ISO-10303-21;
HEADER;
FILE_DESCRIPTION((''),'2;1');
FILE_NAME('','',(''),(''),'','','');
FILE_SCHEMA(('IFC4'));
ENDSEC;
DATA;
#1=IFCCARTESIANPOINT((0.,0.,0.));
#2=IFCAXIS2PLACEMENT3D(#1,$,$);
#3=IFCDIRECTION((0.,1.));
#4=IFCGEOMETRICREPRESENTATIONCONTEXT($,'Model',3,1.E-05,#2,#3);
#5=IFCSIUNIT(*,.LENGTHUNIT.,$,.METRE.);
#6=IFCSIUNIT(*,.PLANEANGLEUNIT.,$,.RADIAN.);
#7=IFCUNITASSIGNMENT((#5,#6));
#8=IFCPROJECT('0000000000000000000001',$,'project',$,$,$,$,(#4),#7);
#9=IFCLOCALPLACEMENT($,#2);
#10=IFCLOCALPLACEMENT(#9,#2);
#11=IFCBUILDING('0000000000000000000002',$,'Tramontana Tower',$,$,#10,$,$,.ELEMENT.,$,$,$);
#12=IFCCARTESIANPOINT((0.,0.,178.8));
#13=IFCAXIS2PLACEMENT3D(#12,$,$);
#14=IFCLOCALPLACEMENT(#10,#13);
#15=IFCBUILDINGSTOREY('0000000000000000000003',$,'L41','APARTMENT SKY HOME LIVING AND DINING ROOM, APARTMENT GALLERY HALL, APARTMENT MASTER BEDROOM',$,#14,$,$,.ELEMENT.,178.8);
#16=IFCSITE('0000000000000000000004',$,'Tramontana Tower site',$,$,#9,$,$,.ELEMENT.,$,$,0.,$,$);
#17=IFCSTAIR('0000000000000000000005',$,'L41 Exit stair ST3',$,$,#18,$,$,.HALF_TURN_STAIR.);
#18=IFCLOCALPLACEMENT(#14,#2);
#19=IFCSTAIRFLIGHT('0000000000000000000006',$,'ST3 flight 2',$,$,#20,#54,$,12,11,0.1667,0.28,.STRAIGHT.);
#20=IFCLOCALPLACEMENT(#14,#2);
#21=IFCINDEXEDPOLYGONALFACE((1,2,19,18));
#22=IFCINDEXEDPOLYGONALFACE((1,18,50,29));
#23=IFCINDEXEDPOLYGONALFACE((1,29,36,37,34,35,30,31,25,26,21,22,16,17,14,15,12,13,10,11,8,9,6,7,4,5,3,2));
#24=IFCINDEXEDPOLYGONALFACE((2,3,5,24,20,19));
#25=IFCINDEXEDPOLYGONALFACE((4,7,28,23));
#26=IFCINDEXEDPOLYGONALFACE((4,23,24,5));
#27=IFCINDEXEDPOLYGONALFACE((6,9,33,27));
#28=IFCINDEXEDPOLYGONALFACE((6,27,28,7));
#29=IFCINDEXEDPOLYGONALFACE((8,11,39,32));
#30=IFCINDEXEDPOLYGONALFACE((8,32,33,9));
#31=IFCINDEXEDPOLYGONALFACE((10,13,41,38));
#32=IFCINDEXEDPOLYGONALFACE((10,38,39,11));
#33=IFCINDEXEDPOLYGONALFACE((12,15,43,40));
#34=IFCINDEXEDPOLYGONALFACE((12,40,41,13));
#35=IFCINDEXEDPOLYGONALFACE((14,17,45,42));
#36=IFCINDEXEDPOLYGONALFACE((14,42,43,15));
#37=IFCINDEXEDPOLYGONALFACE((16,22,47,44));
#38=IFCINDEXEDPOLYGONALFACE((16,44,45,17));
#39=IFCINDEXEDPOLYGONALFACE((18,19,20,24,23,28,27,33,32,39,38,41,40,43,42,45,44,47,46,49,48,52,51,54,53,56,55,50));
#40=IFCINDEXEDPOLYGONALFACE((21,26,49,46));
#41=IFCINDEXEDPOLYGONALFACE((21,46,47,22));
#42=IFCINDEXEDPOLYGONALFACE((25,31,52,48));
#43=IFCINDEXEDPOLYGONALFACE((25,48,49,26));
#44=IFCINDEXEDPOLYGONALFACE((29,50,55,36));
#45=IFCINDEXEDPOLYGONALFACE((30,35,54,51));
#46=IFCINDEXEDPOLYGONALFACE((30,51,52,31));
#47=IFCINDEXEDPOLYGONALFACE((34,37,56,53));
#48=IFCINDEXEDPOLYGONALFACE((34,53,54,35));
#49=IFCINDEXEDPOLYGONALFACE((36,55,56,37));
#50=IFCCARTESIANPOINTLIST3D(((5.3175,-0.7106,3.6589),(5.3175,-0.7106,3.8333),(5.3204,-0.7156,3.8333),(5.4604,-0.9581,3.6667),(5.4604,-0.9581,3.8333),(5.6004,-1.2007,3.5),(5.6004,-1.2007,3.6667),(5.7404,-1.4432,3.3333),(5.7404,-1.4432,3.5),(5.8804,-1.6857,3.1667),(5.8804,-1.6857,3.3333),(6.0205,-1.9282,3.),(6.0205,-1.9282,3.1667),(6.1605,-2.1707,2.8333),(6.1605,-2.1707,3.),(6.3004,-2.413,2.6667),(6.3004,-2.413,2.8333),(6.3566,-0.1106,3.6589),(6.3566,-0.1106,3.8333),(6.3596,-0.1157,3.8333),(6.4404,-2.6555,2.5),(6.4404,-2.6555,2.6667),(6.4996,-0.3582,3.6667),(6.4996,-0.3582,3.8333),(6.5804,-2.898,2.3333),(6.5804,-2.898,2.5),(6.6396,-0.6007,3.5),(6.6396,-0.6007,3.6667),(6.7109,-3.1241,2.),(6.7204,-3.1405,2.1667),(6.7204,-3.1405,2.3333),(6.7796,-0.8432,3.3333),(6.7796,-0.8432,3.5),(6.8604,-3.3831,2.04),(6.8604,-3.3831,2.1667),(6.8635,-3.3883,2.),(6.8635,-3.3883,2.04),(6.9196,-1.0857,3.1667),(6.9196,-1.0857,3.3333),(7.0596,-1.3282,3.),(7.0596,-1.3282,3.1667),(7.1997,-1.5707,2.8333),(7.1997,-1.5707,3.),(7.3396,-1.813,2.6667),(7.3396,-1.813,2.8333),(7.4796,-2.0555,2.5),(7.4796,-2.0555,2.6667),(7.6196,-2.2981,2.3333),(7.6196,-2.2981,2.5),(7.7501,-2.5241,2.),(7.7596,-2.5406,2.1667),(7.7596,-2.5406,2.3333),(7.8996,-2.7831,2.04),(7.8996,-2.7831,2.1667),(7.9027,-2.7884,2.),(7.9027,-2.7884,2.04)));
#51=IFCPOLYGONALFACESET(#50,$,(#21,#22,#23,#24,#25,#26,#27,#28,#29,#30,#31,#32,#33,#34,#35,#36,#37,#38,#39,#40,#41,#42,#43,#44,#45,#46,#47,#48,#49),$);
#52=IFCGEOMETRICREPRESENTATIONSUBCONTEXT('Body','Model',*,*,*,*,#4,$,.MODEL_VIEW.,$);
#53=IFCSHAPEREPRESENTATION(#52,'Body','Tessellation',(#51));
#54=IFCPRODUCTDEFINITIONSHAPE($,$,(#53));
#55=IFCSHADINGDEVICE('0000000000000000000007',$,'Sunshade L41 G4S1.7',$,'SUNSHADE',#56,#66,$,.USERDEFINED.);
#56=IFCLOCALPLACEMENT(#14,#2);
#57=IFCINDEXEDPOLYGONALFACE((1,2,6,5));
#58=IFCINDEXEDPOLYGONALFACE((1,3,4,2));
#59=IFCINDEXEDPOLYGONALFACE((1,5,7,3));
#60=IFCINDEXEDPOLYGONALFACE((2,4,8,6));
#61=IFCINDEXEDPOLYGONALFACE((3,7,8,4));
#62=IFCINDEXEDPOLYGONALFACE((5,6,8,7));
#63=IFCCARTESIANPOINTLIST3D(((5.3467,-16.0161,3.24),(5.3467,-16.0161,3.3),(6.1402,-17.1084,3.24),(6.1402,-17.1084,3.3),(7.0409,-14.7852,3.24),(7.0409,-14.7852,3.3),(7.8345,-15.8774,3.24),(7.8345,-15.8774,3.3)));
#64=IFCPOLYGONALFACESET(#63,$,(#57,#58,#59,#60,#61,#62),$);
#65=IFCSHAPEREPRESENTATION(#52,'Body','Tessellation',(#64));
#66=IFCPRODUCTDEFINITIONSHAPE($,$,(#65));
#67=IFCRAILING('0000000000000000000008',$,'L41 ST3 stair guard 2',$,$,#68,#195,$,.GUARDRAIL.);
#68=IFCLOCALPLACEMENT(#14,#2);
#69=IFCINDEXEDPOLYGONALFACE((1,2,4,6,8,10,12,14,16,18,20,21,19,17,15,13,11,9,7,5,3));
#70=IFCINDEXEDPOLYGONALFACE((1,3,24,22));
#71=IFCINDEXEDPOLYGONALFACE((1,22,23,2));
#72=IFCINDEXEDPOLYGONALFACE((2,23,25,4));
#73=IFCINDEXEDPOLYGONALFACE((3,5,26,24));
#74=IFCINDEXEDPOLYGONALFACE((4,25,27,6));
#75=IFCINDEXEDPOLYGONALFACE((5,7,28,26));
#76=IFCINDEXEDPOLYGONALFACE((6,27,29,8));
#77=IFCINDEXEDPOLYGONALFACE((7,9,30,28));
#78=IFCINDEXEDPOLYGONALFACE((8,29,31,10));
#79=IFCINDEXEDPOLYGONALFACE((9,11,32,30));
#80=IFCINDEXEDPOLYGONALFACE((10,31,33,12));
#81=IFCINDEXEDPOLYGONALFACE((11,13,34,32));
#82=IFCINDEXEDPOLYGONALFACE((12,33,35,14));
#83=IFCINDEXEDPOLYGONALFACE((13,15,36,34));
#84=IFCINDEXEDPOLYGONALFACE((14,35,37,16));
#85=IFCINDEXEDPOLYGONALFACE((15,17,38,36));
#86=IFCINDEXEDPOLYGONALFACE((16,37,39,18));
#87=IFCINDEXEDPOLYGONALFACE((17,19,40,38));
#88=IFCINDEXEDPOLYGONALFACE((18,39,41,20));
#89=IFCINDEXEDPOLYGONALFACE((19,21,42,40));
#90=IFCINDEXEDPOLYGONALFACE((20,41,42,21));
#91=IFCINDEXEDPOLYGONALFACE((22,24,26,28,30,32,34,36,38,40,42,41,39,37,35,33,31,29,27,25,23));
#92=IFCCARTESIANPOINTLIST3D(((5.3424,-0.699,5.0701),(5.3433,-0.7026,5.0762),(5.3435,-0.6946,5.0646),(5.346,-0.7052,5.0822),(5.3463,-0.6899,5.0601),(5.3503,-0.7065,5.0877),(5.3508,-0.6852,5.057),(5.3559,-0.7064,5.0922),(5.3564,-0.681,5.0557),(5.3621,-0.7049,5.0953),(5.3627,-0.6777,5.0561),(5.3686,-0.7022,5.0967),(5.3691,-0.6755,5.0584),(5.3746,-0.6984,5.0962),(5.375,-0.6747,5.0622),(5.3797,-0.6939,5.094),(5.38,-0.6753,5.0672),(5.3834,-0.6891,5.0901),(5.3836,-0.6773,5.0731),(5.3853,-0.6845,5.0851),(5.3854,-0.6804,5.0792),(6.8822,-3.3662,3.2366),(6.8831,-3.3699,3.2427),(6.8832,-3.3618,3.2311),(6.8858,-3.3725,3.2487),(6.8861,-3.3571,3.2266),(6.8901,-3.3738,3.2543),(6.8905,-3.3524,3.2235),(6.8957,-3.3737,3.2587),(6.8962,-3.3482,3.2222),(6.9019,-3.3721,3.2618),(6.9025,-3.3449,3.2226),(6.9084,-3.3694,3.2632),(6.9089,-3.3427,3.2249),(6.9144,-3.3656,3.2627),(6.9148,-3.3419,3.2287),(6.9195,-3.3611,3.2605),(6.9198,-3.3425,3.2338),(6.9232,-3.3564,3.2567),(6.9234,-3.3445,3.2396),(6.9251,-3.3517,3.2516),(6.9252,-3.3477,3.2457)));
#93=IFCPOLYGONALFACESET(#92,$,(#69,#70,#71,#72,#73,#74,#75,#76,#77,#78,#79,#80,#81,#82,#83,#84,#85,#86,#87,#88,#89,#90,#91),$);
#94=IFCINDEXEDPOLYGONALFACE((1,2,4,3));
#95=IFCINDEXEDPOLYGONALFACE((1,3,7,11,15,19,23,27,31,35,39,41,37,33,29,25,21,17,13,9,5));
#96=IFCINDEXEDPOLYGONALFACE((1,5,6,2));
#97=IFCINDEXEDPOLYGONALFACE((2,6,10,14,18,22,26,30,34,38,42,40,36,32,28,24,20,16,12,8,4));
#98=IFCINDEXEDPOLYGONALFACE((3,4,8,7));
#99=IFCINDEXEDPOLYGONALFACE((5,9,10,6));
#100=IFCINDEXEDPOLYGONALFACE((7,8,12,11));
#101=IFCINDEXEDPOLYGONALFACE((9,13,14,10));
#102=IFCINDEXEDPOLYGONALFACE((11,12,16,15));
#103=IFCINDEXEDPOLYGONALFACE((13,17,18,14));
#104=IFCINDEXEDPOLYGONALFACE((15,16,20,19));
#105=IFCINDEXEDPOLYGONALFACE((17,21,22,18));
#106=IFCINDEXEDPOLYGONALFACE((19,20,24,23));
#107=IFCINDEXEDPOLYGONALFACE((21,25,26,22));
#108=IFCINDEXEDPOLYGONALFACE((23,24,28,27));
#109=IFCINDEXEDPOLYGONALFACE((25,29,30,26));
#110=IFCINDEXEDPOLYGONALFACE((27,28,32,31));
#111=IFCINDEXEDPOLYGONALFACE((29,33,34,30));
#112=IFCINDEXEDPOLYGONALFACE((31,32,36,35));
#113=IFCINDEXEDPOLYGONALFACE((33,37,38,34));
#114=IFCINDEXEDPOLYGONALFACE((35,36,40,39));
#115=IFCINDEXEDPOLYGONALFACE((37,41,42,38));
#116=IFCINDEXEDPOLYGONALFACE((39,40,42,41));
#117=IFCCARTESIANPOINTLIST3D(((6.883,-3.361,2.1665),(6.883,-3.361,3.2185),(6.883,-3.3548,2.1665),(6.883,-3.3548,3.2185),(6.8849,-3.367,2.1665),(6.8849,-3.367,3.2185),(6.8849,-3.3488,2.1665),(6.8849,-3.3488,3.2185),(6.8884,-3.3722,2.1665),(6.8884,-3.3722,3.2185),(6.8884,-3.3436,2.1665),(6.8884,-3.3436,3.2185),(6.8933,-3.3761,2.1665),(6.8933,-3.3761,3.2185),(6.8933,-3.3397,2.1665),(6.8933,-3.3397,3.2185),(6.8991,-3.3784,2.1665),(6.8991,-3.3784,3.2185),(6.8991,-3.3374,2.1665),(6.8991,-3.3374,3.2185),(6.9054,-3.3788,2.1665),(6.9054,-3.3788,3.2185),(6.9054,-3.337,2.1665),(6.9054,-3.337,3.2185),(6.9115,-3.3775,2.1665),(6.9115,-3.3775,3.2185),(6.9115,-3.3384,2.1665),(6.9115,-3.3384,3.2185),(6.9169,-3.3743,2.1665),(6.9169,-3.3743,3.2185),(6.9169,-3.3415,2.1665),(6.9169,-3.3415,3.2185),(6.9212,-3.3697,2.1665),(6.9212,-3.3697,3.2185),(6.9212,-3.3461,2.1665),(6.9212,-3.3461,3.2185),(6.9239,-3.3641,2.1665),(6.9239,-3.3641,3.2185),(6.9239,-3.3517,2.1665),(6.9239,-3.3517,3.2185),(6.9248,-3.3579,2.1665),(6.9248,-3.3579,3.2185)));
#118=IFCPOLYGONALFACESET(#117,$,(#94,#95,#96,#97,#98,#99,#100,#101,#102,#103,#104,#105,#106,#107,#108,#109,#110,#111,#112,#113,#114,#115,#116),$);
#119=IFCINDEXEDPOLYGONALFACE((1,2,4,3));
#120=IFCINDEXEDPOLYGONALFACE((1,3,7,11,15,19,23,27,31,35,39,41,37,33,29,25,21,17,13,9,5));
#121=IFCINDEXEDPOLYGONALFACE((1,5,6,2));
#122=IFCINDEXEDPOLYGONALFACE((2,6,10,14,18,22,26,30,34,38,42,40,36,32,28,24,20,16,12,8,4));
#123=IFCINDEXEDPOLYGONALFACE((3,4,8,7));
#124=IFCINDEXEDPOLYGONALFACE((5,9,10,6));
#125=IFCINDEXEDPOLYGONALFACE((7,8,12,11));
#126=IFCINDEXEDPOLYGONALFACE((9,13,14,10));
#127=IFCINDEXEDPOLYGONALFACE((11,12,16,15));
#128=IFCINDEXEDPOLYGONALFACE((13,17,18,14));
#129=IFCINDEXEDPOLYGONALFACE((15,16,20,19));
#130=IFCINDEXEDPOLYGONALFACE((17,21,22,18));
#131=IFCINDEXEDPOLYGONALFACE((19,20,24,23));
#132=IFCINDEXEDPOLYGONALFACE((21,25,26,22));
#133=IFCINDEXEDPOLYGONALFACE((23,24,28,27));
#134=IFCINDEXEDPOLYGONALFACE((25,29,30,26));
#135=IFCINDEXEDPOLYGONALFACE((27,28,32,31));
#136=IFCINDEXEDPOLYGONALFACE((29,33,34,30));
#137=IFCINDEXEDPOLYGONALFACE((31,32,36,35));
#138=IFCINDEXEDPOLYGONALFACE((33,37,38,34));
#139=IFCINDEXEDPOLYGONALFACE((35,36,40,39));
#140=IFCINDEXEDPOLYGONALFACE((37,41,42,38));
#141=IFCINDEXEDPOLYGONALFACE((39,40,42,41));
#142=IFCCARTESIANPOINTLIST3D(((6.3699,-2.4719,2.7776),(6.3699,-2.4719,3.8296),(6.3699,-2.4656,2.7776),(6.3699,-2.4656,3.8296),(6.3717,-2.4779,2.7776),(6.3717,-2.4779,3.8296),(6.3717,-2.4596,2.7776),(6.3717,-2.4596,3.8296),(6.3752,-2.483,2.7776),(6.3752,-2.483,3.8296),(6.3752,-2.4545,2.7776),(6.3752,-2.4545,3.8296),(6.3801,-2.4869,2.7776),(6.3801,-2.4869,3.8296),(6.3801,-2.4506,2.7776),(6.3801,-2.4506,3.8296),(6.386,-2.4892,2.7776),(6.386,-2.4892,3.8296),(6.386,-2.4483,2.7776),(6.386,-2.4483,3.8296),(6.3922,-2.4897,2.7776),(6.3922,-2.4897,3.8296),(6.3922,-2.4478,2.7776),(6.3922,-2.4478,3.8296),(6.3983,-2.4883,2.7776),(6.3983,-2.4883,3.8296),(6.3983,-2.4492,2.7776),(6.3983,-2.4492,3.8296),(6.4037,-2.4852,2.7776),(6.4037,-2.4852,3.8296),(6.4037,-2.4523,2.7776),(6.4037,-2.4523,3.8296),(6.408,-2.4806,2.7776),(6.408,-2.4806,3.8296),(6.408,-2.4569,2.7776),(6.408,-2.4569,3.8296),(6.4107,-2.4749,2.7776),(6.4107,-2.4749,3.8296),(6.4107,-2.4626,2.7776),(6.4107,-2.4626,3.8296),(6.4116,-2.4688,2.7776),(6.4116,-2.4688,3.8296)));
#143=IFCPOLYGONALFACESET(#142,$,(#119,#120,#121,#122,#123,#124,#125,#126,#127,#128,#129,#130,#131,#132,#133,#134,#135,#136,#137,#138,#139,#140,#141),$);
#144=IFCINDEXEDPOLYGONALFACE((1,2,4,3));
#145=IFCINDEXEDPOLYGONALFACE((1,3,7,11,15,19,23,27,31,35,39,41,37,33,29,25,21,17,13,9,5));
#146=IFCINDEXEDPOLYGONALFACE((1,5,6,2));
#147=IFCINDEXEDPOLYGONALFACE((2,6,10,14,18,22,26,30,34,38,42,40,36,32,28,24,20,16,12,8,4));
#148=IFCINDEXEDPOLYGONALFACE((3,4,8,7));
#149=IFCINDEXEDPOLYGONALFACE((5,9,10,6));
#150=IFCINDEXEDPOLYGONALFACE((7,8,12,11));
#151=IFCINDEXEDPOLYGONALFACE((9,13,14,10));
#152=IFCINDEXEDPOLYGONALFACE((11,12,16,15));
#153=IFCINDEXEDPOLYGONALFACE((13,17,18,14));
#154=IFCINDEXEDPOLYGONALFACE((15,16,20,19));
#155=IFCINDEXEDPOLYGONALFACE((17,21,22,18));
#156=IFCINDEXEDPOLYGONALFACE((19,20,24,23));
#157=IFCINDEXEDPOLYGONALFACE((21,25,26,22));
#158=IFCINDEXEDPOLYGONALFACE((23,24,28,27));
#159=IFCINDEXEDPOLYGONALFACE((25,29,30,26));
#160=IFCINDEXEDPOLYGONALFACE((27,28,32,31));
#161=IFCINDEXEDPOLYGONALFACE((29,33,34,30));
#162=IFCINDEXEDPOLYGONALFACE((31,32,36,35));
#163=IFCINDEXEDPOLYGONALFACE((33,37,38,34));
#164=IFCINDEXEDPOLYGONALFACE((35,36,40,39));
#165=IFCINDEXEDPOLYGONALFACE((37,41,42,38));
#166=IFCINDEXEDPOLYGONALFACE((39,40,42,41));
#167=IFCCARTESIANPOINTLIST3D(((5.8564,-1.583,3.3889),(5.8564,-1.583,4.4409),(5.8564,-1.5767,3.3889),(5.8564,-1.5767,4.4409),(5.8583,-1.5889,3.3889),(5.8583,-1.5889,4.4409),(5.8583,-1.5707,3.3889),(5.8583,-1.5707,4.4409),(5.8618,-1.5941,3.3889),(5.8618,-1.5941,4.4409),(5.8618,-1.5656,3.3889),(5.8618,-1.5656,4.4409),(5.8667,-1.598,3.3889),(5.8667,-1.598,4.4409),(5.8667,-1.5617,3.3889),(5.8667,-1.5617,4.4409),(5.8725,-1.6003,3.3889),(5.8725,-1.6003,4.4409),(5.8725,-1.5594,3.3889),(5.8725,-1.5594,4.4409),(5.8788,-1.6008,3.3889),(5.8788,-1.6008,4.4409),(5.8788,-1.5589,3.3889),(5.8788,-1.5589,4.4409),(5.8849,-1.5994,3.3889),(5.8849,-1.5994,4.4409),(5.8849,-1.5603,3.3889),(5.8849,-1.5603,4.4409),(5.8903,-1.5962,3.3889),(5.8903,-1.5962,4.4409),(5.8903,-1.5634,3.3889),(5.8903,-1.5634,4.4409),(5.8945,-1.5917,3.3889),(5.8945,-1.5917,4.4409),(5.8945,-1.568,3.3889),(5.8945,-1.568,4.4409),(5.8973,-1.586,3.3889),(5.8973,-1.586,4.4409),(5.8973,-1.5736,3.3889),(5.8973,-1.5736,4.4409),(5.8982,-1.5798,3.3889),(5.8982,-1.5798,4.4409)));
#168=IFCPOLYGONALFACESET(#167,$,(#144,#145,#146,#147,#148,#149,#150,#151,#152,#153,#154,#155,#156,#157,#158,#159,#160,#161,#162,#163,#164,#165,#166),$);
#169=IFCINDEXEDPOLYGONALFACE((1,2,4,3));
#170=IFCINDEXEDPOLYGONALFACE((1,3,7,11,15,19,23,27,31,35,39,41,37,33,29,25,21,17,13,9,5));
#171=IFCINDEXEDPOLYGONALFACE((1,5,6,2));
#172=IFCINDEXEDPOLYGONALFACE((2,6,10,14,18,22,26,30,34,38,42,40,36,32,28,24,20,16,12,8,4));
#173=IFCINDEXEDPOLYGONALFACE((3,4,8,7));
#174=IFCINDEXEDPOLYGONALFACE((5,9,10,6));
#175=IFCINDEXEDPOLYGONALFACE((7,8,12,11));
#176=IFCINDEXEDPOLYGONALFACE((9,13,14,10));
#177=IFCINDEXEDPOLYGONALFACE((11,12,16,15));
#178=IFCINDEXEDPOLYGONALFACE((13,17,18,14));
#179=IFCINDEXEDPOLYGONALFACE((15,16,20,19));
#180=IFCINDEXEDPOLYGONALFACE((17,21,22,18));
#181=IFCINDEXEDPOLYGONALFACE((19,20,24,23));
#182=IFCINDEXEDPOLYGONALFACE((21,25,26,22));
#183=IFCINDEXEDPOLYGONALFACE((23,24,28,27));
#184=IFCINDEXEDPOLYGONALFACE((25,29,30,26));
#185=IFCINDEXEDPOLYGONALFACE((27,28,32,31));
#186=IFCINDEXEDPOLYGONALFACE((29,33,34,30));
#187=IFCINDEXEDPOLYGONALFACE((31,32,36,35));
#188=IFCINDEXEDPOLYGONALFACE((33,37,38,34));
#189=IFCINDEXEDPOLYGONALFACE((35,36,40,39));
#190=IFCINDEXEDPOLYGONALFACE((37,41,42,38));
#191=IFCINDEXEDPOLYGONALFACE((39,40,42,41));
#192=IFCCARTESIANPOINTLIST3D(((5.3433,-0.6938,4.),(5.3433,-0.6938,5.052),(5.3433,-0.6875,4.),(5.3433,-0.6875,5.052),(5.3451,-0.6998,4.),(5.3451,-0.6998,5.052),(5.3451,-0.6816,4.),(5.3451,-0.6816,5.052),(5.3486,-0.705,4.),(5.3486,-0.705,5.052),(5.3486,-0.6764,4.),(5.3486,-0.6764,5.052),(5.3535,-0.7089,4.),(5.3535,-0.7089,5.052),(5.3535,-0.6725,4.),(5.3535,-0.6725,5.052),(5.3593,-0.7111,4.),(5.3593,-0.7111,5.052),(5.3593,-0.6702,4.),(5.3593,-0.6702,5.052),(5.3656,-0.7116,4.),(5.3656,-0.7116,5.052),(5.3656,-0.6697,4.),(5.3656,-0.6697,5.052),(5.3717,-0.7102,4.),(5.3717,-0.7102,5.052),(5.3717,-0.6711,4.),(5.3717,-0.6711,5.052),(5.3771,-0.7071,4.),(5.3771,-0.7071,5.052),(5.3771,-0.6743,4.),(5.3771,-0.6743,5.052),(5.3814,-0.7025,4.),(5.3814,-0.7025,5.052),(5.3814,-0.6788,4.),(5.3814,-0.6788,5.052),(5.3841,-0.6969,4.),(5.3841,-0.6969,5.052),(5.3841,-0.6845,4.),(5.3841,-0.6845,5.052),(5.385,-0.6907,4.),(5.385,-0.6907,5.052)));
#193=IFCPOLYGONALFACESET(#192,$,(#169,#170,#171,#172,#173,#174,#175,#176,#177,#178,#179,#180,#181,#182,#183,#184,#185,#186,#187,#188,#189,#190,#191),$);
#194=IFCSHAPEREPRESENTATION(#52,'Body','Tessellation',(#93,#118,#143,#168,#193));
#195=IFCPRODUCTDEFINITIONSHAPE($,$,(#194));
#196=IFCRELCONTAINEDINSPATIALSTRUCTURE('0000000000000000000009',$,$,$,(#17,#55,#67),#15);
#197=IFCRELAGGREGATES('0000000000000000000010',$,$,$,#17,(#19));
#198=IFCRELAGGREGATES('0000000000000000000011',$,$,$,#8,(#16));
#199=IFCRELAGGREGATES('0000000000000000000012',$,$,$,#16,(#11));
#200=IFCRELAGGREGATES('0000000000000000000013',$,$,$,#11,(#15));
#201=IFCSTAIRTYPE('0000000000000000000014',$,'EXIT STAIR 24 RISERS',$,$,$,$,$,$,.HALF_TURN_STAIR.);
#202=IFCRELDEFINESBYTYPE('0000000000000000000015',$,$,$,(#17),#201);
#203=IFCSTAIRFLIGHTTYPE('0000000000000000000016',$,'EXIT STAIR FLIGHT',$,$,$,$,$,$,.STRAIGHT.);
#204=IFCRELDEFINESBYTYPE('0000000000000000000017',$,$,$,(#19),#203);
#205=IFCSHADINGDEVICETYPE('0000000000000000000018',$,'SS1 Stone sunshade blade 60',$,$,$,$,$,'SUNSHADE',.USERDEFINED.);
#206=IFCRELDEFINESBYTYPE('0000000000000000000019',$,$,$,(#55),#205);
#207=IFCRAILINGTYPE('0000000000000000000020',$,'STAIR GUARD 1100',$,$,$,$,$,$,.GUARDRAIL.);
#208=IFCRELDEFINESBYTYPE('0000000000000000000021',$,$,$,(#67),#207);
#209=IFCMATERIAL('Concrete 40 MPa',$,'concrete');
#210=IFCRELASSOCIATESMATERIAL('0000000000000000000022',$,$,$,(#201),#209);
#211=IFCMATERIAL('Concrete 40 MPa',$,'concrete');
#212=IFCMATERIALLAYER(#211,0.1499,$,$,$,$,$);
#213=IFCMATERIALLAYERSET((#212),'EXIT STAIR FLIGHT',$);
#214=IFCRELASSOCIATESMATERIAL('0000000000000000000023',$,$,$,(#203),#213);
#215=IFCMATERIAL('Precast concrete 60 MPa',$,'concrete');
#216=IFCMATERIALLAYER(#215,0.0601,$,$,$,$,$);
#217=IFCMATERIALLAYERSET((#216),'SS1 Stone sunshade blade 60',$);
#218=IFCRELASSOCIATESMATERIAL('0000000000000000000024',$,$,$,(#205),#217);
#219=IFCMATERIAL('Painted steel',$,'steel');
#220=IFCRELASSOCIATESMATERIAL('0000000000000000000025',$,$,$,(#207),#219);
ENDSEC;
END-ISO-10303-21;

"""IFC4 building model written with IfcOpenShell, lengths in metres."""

from ifc_helpers import new_model, si_unit, direction, frame, origin, origin_2d, place, context, subcontext, project, spatial, polyline, rectangle, circle, outline, extrude, material, layer, layer_set, type_object, element, aggregate, save


model = new_model("IFC4")

# Units and contexts
model_context = context("Model", 3, precision=1e-05, world=origin(), true_north=direction((0.0, 1.0)))
body_context = subcontext(model_context, "Body", "Model", "MODEL_VIEW")
ifc_project = project(units=[si_unit("LENGTHUNIT", "METRE"), si_unit("PLANEANGLEUNIT", "RADIAN")], contexts=[model_context])

# Site, building, storey
site_placement = place(None, origin())
site = spatial("IfcSite", under=ifc_project, at=site_placement, Name="Tramontana Tower site", CompositionType="ELEMENT", RefElevation=0.0)
building_placement = place(site_placement, origin())
building = spatial("IfcBuilding", under=site, at=building_placement, Name="Tramontana Tower", CompositionType="ELEMENT")
storey_placement = place(building_placement, frame((0.0, 0.0, 178.8)))
storey = spatial("IfcBuildingStorey", under=building, at=storey_placement, Name="L41", Description="APARTMENT SKY HOME LIVING AND DINING ROOM, APARTMENT GALLERY HALL, APARTMENT MASTER BEDROOM", CompositionType="ELEMENT", Elevation=178.8)

# Stair, stair flight
ifc_material_1 = material(Name="Concrete 40 MPa", Category="concrete")
stair_type = type_object("IfcStairType", Name="EXIT STAIR 24 RISERS", PredefinedType="HALF_TURN_STAIR", material=ifc_material_1)
stair_placement = place(storey_placement, origin())
stair = element("IfcStair", 1, at=stair_placement, inside=storey, type_object=stair_type, Name="L41 Exit stair ST3", PredefinedType="HALF_TURN_STAIR")
ifc_material_2 = material(Name="Concrete 40 MPa", Category="concrete")
ifc_layer_1 = layer(ifc_material_2, 0.1499)
ifc_layer_set_1 = layer_set([ifc_layer_1], Name="EXIT STAIR FLIGHT")
stair_flight_type = type_object("IfcStairFlightType", Name="EXIT STAIR FLIGHT", PredefinedType="STRAIGHT", material=ifc_layer_set_1)
stair_flight_placement = place(storey_placement, frame((7.3801, -3.083, 2.0), z_axis=(0.0, 0.0, 1.0), x_axis=(-0.5, 0.866025, 0.0)))
stair_flight = element("IfcStairFlight", 2, at=stair_flight_placement, type_object=stair_flight_type, Name="ST3 flight 2", NumberOfRisers=12, NumberOfTreads=11, PredefinedType="STRAIGHT", RiserHeight=0.1667, TreadLength=0.28, context=body_context, shape_type="SweptSolid", body=[
    extrude(outline(polyline([(-0.0061, 0.0), (-0.0061, 0.04), (0.0, 0.04), (0.0, 0.1667), (0.28, 0.1667), (0.28, 0.3333), (0.5601, 0.3333), (0.5601, 0.5), (0.8401, 0.5), (0.8401, 0.6667), (1.1201, 0.6667), (1.1201, 0.8333), (1.3999, 0.8333), (1.3999, 1.0), (1.6799, 1.0), (1.6799, 1.1667), (1.96, 1.1667), (1.96, 1.3333), (2.24, 1.3333), (2.24, 1.5), (2.52, 1.5), (2.52, 1.6667), (2.8, 1.6667), (2.8, 1.8333), (3.0801, 1.8333), (3.0859, 1.8333), (3.0859, 1.6589), (0.2991, 0.0), (-0.0061, 0.0)])), frame((0.0, 0.6001, 0.0), z_axis=(0.0, -1.0, 0.0), x_axis=(1.0, 0.0, 0.0)), (0.0, 0.0, 1.0), 1.2),
])
aggregate(stair, [stair_flight])

# Shading device
ifc_material_3 = material(Name="Precast concrete 60 MPa", Category="concrete")
ifc_layer_2 = layer(ifc_material_3, 0.0601)
ifc_layer_set_2 = layer_set([ifc_layer_2], Name="SS1 Stone sunshade blade 60")
shading_device_type = type_object("IfcShadingDeviceType", Name="SS1 Stone sunshade blade 60", ElementType="SUNSHADE", PredefinedType="USERDEFINED", material=ifc_layer_set_2)
shading_device_placement = place(storey_placement, frame((6.5906, -15.9468, 3.24), z_axis=(0.0, 0.0, 1.0), x_axis=(0.809017, 0.587785, 0.0)))
element("IfcShadingDevice", 3, at=shading_device_placement, inside=storey, type_object=shading_device_type, Name="Sunshade L41 G4S1.7", ObjectType="SUNSHADE", PredefinedType="USERDEFINED", context=body_context, shape_type="SweptSolid", body=[
    extrude(rectangle(XDim=2.0942, YDim=1.3501, at=origin_2d()), origin(), (0.0, 0.0, 1.0), 0.0601),
])

# Railing
ifc_material_4 = material(Name="Painted steel", Category="steel")
railing_type_1 = type_object("IfcRailingType", Name="STAIR GUARD 1100", PredefinedType="GUARDRAIL", material=ifc_material_4)
railing_1_placement = place(storey_placement, frame((6.9038, -3.3579, 2.1665)))
element("IfcRailing", 4, at=railing_1_placement, inside=storey, type_object=railing_type_1, Name="L41 ST3 stair guard 2", PredefinedType="GUARDRAIL", context=body_context, shape_type="SweptSolid", body=[
    extrude(circle(Radius=0.0239, at=origin_2d()), frame((0.0, 0.0, 1.0762), z_axis=(-0.429601, 0.744155, 0.511543), x_axis=(-0.866044, -0.499967, 0.0)), (0.0, 0.0, 1.0), 3.5842),
    extrude(circle(Radius=0.021, at=origin_2d()), origin(), (0.0, 0.0, 1.0), 1.052),
    extrude(circle(Radius=0.021, at=origin_2d()), frame((-0.5132, 0.8892, 0.6111)), (0.0, 0.0, 1.0), 1.052),
    extrude(circle(Radius=0.021, at=origin_2d()), frame((-1.0266, 1.7781, 1.2224)), (0.0, 0.0, 1.0), 1.052),
    extrude(circle(Radius=0.021, at=origin_2d()), frame((-1.5398, 2.6672, 1.8335)), (0.0, 0.0, 1.0), 1.052),
])

save(model, "model.ifc")
